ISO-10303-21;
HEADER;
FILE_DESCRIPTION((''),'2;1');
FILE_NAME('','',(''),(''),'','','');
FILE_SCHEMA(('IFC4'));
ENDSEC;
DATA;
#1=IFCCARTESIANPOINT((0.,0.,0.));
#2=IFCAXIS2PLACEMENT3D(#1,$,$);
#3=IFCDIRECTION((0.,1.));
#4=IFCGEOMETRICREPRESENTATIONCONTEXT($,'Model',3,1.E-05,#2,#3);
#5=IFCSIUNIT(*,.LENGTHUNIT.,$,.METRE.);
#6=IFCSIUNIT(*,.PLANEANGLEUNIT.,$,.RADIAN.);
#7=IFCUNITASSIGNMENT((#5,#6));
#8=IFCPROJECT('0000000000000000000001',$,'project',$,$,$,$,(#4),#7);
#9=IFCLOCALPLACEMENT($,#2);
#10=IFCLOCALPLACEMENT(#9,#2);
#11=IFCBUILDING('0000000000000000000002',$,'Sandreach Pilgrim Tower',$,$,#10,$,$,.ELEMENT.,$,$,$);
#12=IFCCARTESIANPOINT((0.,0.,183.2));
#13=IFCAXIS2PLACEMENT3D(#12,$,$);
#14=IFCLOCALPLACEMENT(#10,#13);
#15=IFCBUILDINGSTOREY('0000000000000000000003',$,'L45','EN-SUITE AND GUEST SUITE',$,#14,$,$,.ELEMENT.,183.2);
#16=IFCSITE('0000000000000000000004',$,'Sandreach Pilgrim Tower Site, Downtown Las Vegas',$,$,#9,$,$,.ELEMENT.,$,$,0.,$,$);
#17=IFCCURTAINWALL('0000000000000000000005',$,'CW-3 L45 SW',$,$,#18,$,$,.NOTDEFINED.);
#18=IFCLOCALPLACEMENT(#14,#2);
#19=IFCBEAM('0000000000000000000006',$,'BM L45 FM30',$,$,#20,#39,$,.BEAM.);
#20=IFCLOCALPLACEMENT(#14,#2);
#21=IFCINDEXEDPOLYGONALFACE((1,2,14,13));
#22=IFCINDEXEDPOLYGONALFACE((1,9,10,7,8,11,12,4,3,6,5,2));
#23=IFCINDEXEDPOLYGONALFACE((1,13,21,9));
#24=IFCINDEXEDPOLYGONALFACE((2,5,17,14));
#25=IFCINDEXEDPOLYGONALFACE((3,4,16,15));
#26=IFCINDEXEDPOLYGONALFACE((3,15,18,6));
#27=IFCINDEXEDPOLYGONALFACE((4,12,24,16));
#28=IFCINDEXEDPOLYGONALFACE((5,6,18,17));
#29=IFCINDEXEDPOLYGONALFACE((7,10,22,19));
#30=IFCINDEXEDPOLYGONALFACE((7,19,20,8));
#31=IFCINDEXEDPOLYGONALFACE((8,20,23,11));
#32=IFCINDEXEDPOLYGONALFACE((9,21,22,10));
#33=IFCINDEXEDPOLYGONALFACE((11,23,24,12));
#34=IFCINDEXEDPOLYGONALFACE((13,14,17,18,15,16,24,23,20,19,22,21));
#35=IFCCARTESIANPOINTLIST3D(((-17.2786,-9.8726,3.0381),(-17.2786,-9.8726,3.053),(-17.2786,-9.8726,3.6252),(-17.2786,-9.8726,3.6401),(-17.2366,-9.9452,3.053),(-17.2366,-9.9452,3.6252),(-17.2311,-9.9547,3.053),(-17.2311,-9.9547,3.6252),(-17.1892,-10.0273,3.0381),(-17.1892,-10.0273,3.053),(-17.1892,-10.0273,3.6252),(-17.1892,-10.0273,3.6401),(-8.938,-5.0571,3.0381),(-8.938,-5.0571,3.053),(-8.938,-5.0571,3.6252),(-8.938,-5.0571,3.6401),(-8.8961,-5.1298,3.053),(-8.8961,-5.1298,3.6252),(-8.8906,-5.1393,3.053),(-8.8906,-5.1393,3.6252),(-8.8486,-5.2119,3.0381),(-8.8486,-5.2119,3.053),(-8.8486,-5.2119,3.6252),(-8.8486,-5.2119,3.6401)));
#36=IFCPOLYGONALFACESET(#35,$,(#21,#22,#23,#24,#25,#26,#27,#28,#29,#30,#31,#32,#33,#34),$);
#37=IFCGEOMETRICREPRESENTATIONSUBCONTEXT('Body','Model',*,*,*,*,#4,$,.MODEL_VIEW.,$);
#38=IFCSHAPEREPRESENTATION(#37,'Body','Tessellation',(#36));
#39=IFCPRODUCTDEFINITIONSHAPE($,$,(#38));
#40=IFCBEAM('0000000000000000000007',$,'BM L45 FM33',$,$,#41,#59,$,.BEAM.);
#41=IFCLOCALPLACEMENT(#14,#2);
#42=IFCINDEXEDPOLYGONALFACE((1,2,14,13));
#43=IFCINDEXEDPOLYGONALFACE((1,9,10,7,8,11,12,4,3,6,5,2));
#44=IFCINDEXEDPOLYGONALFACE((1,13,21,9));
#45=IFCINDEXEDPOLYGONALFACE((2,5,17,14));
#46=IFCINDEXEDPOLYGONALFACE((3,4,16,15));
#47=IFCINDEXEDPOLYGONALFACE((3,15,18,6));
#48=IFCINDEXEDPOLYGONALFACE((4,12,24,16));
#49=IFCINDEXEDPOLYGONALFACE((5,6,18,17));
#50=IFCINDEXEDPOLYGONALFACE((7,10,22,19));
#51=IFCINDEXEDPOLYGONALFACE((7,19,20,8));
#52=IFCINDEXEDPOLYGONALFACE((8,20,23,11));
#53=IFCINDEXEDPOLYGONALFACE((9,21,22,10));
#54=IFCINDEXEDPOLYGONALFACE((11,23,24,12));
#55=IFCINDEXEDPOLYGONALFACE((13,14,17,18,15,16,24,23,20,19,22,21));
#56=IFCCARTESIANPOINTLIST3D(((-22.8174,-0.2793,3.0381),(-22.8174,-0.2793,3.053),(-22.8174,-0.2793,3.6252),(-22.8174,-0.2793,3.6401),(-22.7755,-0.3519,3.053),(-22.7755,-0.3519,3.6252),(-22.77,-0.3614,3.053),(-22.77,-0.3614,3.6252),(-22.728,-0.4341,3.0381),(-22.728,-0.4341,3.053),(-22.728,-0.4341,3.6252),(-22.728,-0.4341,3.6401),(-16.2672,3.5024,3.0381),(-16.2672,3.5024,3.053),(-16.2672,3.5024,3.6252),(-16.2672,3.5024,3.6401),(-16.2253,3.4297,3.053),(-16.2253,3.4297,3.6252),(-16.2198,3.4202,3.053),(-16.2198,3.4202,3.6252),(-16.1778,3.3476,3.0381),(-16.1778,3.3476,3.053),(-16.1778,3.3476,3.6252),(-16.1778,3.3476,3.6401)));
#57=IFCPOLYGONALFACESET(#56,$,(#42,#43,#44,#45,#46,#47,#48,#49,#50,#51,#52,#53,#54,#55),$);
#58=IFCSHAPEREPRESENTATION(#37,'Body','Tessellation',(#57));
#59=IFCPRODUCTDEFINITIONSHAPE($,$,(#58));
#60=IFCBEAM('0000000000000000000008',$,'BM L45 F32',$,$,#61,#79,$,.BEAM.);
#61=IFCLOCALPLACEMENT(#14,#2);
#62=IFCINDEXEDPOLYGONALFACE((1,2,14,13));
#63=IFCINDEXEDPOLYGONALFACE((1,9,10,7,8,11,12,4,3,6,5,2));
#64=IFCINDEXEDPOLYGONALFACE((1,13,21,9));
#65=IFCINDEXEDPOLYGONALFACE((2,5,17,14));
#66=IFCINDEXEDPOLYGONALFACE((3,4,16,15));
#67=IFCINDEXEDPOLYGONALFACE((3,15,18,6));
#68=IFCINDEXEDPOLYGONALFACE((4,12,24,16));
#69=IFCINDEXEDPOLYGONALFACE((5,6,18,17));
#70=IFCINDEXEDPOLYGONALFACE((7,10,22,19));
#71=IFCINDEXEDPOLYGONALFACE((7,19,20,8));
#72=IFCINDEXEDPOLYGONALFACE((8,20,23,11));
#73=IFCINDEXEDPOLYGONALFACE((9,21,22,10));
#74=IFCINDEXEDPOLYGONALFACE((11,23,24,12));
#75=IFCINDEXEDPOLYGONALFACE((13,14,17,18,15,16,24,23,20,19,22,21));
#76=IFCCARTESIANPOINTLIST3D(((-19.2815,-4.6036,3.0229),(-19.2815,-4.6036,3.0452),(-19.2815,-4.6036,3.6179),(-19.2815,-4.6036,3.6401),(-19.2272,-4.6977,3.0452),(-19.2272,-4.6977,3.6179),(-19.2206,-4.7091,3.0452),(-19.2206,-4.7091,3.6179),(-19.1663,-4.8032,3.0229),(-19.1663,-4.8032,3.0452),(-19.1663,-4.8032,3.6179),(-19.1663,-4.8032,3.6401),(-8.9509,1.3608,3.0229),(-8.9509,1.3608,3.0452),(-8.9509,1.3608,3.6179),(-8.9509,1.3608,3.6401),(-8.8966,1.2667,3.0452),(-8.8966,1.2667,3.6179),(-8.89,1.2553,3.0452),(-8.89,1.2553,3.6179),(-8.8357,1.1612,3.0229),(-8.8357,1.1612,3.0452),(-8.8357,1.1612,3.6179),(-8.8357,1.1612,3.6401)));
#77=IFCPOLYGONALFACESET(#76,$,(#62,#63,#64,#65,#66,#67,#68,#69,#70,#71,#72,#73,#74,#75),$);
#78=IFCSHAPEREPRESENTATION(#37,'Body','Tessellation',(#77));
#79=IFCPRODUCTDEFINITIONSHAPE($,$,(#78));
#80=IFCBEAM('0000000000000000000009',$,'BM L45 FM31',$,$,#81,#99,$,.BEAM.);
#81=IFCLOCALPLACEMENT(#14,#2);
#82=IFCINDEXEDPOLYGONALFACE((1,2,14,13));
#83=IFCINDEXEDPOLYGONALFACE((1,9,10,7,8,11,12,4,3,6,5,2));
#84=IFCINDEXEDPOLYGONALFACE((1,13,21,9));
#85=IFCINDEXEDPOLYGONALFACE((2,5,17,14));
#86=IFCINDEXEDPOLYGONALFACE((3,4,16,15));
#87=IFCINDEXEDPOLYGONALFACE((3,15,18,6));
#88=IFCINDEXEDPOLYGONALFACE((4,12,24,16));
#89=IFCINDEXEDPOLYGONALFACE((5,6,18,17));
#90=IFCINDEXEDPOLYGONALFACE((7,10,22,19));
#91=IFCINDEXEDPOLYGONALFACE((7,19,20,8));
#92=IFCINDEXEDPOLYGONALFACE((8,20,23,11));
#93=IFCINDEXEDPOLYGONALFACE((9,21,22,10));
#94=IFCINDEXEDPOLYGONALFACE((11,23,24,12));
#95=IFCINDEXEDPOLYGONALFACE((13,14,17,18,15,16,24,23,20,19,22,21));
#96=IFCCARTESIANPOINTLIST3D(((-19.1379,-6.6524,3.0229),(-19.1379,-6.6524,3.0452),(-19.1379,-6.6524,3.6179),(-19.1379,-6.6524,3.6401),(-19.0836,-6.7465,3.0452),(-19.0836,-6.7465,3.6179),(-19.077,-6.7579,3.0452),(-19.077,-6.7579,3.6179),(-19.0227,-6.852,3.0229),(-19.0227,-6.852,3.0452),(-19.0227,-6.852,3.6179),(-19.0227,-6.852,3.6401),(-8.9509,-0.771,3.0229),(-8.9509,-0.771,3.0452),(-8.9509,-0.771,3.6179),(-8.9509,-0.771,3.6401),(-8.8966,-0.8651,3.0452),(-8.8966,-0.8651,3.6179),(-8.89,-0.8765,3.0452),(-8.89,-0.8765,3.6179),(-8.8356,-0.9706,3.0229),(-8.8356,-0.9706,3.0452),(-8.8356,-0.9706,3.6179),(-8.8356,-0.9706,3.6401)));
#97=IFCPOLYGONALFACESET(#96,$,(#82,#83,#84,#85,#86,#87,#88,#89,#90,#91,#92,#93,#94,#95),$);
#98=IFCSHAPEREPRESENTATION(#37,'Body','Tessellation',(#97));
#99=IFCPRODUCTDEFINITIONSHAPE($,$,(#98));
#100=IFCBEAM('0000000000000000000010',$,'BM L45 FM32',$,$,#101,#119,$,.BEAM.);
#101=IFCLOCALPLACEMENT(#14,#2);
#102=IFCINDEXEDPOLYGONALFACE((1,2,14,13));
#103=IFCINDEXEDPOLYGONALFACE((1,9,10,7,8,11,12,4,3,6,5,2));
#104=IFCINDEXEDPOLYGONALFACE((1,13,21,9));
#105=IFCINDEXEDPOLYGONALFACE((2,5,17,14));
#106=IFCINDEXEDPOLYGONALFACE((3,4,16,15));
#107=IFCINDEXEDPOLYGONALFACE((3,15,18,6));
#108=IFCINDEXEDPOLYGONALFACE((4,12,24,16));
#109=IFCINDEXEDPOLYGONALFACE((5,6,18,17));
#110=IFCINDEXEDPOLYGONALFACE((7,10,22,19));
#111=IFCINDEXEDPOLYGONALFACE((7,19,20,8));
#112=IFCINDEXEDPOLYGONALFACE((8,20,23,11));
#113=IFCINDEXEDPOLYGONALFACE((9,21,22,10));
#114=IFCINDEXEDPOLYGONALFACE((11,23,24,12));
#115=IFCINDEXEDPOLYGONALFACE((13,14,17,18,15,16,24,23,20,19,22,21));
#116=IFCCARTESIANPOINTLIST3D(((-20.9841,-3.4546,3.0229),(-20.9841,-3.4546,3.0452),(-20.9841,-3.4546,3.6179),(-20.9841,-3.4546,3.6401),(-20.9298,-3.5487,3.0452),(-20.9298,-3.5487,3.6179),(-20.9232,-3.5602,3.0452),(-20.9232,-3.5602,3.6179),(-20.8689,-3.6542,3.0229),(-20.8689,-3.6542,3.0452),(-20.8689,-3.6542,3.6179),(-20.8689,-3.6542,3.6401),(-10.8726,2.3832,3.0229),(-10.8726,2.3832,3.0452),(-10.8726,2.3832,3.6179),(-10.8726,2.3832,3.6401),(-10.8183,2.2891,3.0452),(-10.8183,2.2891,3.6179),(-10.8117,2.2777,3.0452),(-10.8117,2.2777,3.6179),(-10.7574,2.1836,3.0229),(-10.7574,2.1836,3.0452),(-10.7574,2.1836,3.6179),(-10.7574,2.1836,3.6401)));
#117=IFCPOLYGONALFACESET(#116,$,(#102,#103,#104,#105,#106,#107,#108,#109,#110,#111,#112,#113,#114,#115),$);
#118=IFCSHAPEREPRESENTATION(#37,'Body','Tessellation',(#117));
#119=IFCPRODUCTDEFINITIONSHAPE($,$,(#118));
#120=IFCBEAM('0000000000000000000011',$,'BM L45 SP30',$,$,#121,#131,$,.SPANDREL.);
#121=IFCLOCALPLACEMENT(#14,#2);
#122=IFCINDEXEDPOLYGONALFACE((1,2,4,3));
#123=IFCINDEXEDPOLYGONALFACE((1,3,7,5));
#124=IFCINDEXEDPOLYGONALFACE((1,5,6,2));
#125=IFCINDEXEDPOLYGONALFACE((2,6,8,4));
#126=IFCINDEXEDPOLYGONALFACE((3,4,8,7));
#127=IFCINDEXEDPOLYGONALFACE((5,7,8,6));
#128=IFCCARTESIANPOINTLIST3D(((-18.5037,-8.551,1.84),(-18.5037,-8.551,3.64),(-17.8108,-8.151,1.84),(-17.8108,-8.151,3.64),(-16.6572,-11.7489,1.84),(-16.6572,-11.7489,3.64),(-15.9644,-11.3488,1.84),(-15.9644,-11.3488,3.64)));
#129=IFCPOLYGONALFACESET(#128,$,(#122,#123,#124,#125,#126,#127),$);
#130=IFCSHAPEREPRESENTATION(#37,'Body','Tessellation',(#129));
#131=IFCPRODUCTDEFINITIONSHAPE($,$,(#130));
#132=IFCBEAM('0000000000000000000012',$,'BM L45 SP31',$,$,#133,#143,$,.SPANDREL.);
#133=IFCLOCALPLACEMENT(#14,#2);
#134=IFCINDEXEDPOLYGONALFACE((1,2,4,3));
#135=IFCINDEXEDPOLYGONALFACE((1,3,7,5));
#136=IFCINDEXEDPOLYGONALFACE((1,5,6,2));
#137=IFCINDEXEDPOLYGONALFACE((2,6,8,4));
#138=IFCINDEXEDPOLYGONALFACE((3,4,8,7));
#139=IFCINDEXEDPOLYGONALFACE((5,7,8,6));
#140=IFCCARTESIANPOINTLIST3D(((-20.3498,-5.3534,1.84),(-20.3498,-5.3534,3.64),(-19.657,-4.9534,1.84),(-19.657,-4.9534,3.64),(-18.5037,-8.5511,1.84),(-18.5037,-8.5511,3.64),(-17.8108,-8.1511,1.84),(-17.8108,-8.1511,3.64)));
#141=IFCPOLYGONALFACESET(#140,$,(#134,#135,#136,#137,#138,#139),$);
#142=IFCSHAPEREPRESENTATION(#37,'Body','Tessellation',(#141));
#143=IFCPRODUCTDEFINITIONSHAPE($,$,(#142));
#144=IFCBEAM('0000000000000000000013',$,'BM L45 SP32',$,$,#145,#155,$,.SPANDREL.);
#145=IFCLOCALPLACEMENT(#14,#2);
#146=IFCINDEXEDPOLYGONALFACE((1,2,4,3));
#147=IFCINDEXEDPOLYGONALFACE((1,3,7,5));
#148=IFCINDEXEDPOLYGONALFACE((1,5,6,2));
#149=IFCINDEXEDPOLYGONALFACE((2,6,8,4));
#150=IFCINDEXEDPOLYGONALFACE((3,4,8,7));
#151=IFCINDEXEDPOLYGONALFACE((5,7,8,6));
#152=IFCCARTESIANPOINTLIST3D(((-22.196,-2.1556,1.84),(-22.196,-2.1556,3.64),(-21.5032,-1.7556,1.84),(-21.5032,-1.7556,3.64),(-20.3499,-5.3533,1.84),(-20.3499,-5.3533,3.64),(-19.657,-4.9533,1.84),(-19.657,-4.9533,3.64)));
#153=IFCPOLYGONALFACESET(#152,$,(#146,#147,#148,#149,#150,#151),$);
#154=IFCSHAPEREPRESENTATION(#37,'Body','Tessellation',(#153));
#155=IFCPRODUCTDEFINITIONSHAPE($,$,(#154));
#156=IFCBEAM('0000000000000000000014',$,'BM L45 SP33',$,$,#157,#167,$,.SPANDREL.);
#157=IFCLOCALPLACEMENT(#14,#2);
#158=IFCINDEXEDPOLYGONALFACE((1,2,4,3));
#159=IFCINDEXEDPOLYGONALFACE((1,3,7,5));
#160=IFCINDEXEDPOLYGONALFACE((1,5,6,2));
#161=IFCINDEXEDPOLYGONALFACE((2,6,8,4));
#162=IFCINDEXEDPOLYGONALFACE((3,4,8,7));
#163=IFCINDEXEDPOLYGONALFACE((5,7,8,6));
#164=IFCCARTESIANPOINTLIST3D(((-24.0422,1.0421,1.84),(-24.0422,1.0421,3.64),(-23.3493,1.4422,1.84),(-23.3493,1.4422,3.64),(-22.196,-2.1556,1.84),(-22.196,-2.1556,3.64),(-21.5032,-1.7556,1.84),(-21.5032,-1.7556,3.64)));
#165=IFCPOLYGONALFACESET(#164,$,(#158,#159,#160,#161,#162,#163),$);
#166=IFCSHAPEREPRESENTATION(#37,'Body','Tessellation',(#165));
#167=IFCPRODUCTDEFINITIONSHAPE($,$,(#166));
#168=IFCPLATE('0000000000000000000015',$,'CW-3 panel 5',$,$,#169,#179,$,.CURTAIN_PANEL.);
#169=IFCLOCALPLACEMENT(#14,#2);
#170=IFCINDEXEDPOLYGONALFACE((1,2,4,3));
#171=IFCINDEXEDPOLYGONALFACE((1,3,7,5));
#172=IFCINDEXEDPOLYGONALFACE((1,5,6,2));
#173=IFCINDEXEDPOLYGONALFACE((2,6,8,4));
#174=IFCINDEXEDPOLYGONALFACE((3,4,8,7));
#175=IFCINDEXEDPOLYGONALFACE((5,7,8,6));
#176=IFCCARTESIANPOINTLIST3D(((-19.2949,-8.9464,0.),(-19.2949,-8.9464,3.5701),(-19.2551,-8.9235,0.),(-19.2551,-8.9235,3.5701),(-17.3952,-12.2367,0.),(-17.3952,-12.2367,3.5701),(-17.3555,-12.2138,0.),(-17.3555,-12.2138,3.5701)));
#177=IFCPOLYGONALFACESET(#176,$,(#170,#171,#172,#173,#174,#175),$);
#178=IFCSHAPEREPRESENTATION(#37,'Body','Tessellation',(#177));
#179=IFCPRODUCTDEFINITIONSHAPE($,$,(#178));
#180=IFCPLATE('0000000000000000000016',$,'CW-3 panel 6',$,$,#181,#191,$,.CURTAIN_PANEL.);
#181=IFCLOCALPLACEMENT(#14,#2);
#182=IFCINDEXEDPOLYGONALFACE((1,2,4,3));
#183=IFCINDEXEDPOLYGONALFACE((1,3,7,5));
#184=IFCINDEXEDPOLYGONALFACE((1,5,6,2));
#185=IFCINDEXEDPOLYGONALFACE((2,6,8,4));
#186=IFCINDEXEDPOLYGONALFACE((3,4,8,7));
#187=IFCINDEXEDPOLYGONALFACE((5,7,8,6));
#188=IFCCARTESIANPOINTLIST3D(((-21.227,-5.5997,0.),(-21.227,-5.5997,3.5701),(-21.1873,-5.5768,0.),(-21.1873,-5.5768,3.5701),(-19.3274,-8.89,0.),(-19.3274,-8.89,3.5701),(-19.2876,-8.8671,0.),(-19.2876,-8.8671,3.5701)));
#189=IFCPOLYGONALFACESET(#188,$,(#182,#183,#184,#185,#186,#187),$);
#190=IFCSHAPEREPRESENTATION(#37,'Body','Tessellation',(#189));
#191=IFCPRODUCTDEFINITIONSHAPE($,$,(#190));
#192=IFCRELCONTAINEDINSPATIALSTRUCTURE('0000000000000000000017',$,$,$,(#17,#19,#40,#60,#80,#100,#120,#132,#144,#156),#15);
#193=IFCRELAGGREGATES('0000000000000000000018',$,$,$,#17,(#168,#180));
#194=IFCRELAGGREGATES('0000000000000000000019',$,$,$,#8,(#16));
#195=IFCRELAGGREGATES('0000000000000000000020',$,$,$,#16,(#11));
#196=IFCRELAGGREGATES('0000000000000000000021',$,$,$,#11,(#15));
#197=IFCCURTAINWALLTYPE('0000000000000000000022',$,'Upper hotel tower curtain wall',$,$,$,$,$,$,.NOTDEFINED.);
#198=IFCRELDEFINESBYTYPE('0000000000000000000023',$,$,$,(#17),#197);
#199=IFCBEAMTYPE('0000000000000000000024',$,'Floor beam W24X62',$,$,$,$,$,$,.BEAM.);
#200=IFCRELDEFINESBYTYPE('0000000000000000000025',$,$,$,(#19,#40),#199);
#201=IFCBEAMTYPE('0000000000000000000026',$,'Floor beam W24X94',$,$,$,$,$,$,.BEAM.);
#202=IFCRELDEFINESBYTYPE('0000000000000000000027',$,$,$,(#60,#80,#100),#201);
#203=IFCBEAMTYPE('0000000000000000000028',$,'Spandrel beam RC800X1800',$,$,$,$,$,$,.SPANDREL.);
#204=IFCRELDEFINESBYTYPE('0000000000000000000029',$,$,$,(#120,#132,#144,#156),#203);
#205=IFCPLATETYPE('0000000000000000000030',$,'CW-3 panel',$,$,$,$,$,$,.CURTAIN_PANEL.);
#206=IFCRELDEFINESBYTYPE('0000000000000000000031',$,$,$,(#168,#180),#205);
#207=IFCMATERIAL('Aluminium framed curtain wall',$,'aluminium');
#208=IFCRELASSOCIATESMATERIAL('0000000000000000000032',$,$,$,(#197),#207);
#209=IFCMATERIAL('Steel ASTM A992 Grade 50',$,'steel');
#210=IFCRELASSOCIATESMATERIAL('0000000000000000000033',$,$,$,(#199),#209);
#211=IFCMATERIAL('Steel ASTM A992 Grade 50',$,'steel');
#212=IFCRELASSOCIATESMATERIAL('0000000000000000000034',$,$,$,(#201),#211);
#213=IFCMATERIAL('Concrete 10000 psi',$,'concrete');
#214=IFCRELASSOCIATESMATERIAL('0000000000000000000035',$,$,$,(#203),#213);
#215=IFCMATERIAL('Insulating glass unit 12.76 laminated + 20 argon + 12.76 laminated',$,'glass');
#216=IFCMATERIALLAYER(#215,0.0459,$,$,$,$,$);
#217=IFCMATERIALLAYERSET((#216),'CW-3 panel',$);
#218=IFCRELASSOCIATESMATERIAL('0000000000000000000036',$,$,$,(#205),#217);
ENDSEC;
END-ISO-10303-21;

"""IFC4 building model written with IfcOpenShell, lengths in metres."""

from ifc_helpers import new_model, si_unit, direction, frame, origin, origin_2d, place, context, subcontext, project, spatial, rectangle, i_section, extrude, material, layer, layer_set, material_profile, profile_set, type_object, element, aggregate, save


model = new_model("IFC4")

# Units and contexts
model_context = context("Model", 3, precision=1e-05, world=origin(), true_north=direction((0.0, 1.0)))
body_context = subcontext(model_context, "Body", "Model", "MODEL_VIEW")
ifc_project = project(units=[si_unit("LENGTHUNIT", "METRE"), si_unit("PLANEANGLEUNIT", "RADIAN")], contexts=[model_context])

# Site, building, storey
site_placement = place(None, origin())
site = spatial("IfcSite", under=ifc_project, at=site_placement, Name="Sandreach Pilgrim Tower Site, Downtown Las Vegas", CompositionType="ELEMENT", RefElevation=0.0)
building_placement = place(site_placement, origin())
building = spatial("IfcBuilding", under=site, at=building_placement, Name="Sandreach Pilgrim Tower", CompositionType="ELEMENT")
storey_placement = place(building_placement, frame((0.0, 0.0, 183.2)))
storey = spatial("IfcBuildingStorey", under=building, at=storey_placement, Name="L45", Description="EN-SUITE AND GUEST SUITE", CompositionType="ELEMENT", Elevation=183.2)

# Curtain wall
ifc_material_1 = material(Name="Aluminium framed curtain wall", Category="aluminium")
curtain_wall_type = type_object("IfcCurtainWallType", Name="Upper hotel tower curtain wall", PredefinedType="NOTDEFINED", material=ifc_material_1)
curtain_wall_placement = place(storey_placement, origin())
curtain_wall = element("IfcCurtainWall", 1, at=curtain_wall_placement, inside=storey, type_object=curtain_wall_type, Name="CW-3 L45 SW", PredefinedType="NOTDEFINED")

# Beams
ifc_material_2 = material(Name="Steel ASTM A992 Grade 50", Category="steel")
ifc_material_profile_1 = material_profile(ifc_material_2, i_section(OverallWidth=0.1787, OverallDepth=0.6021, WebThickness=0.011, FlangeThickness=0.0149, at=origin_2d()), Name="W24X62")
ifc_profile_set_1 = profile_set([ifc_material_profile_1], Name="Steel ASTM A992 Grade 50")
beam_type_1 = type_object("IfcBeamType", Name="Floor beam W24X62", PredefinedType="BEAM", material=ifc_profile_set_1)
beam_1_placement = place(storey_placement, frame((-17.2339, -9.95, 3.3391), z_axis=(0.866026, 0.5, 0.0), x_axis=(-0.5, 0.866026, 0.0)))
element("IfcBeam", 2, at=beam_1_placement, inside=storey, type_object=beam_type_1, Name="BM L45 FM30", PredefinedType="BEAM", context=body_context, shape_type="SweptSolid", body=[
    extrude(i_section(OverallWidth=0.1787, OverallDepth=0.6021, WebThickness=0.011, FlangeThickness=0.0149, at=origin_2d()), origin(), (0.0, 0.0, 1.0), 9.6309),
])
beam_2_placement = place(storey_placement, frame((-22.7727, -0.3567, 3.3391), z_axis=(0.86603, 0.499993, 0.0), x_axis=(-0.499993, 0.86603, 0.0)))
element("IfcBeam", 3, at=beam_2_placement, inside=storey, type_object=beam_type_1, Name="BM L45 FM33", PredefinedType="BEAM", context=body_context, shape_type="SweptSolid", body=[
    extrude(i_section(OverallWidth=0.1787, OverallDepth=0.6021, WebThickness=0.011, FlangeThickness=0.0149, at=origin_2d()), origin(), (0.0, 0.0, 1.0), 7.5635),
])
ifc_material_3 = material(Name="Steel ASTM A992 Grade 50", Category="steel")
ifc_material_profile_2 = material_profile(ifc_material_3, i_section(OverallWidth=0.2305, OverallDepth=0.6172, WebThickness=0.0132, FlangeThickness=0.0222, at=origin_2d()), Name="W24X94")
ifc_profile_set_2 = profile_set([ifc_material_profile_2], Name="Steel ASTM A992 Grade 50")
beam_type_2 = type_object("IfcBeamType", Name="Floor beam W24X94", PredefinedType="BEAM", material=ifc_profile_set_2)
beam_3_placement = place(storey_placement, frame((-19.2239, -4.7034, 3.3315), z_axis=(0.866025, 0.5, 0.0), x_axis=(-0.5, 0.866025, 0.0)))
element("IfcBeam", 4, at=beam_3_placement, inside=storey, type_object=beam_type_2, Name="BM L45 F32", PredefinedType="BEAM", context=body_context, shape_type="SweptSolid", body=[
    extrude(i_section(OverallWidth=0.2305, OverallDepth=0.6172, WebThickness=0.0132, FlangeThickness=0.0222, at=origin_2d()), origin(), (0.0, 0.0, 1.0), 11.9287),
])
beam_4_placement = place(storey_placement, frame((-19.0803, -6.7522, 3.3315), z_axis=(0.86603, 0.499992, 0.0), x_axis=(-0.499992, 0.86603, 0.0)))
element("IfcBeam", 5, at=beam_4_placement, inside=storey, type_object=beam_type_2, Name="BM L45 FM31", PredefinedType="BEAM", context=body_context, shape_type="SweptSolid", body=[
    extrude(i_section(OverallWidth=0.2305, OverallDepth=0.6172, WebThickness=0.0132, FlangeThickness=0.0222, at=origin_2d()), origin(), (0.0, 0.0, 1.0), 11.7629),
])
beam_5_placement = place(storey_placement, frame((-20.9265, -3.5544, 3.3315), z_axis=(0.866026, 0.499998, 0.0), x_axis=(-0.499998, 0.866026, 0.0)))
element("IfcBeam", 6, at=beam_5_placement, inside=storey, type_object=beam_type_2, Name="BM L45 FM32", PredefinedType="BEAM", context=body_context, shape_type="SweptSolid", body=[
    extrude(i_section(OverallWidth=0.2305, OverallDepth=0.6172, WebThickness=0.0132, FlangeThickness=0.0222, at=origin_2d()), origin(), (0.0, 0.0, 1.0), 11.6758),
])
ifc_material_4 = material(Name="Concrete 10000 psi", Category="concrete")
ifc_material_profile_3 = material_profile(ifc_material_4, rectangle(XDim=0.8, YDim=1.8, at=origin_2d()), Name="RC800X1800")
ifc_profile_set_3 = profile_set([ifc_material_profile_3], Name="Concrete 10000 psi")
beam_type_3 = type_object("IfcBeamType", Name="Spandrel beam RC800X1800", PredefinedType="SPANDREL", material=ifc_profile_set_3)
beam_6_placement = place(storey_placement, frame((-16.3108, -11.5488, 2.74), z_axis=(-0.500043, 0.866001, 0.0), x_axis=(-0.866001, -0.500043, 0.0)))
element("IfcBeam", 7, at=beam_6_placement, inside=storey, type_object=beam_type_3, Name="BM L45 SP30", PredefinedType="SPANDREL", context=body_context, shape_type="SweptSolid", body=[
    extrude(rectangle(XDim=0.8, YDim=1.8, at=origin_2d()), origin(), (0.0, 0.0, 1.0), 3.6926),
])
for number, where, z_axis, x_axis, name in (
    (8, (-18.1572, -8.3511, 2.74), (-0.499993, 0.866029, 0.0), (-0.866029, -0.499993, 0.0), "BM L45 SP31"),
    (9, (-20.0034, -5.1533, 2.74), (-0.499993, 0.866029, 0.0), (-0.866029, -0.499993, 0.0), "BM L45 SP32"),
    (10, (-21.8496, -1.9556, 2.74), (-0.499993, 0.866029, 0.0), (-0.866029, -0.499993, 0.0), "BM L45 SP33"),
):
    element("IfcBeam", number, at=place(storey_placement, frame(where, z_axis=z_axis, x_axis=x_axis)), inside=storey, type_object=beam_type_3, Name=name, PredefinedType="SPANDREL", context=body_context, shape_type="SweptSolid", body=[
        extrude(rectangle(XDim=0.8, YDim=1.8, at=origin_2d()), origin(), (0.0, 0.0, 1.0), 3.6924),
    ])

# Plates
ifc_material_5 = material(Name="Insulating glass unit 12.76 laminated + 20 argon + 12.76 laminated", Category="glass")
ifc_layer_1 = layer(ifc_material_5, 0.0459)
ifc_layer_set_1 = layer_set([ifc_layer_1], Name="CW-3 panel")
plate_type = type_object("IfcPlateType", Name="CW-3 panel", PredefinedType="CURTAIN_PANEL", material=ifc_layer_set_1)
plate_1_placement = place(storey_placement, frame((-18.3252, -10.5801, 0.0), z_axis=(0.0, 0.0, 1.0), x_axis=(-0.5, 0.866025, 0.0)))
plate_1 = element("IfcPlate", 11, at=plate_1_placement, type_object=plate_type, Name="CW-3 panel 5", PredefinedType="CURTAIN_PANEL", context=body_context, shape_type="SweptSolid", body=[
    extrude(rectangle(XDim=3.7993, YDim=0.0459, at=origin_2d()), origin(), (0.0, 0.0, 1.0), 3.5701),
])
plate_2_placement = place(storey_placement, frame((-20.2573, -7.2334, 0.0), z_axis=(0.0, 0.0, 1.0), x_axis=(-0.5, 0.866025, 0.0)))
plate_2 = element("IfcPlate", 12, at=plate_2_placement, type_object=plate_type, Name="CW-3 panel 6", PredefinedType="CURTAIN_PANEL", context=body_context, shape_type="SweptSolid", body=[
    extrude(rectangle(XDim=3.7993, YDim=0.0459, at=origin_2d()), origin(), (0.0, 0.0, 1.0), 3.5701),
])
aggregate(curtain_wall, [plate_1, plate_2])

save(model, "model.ifc")
